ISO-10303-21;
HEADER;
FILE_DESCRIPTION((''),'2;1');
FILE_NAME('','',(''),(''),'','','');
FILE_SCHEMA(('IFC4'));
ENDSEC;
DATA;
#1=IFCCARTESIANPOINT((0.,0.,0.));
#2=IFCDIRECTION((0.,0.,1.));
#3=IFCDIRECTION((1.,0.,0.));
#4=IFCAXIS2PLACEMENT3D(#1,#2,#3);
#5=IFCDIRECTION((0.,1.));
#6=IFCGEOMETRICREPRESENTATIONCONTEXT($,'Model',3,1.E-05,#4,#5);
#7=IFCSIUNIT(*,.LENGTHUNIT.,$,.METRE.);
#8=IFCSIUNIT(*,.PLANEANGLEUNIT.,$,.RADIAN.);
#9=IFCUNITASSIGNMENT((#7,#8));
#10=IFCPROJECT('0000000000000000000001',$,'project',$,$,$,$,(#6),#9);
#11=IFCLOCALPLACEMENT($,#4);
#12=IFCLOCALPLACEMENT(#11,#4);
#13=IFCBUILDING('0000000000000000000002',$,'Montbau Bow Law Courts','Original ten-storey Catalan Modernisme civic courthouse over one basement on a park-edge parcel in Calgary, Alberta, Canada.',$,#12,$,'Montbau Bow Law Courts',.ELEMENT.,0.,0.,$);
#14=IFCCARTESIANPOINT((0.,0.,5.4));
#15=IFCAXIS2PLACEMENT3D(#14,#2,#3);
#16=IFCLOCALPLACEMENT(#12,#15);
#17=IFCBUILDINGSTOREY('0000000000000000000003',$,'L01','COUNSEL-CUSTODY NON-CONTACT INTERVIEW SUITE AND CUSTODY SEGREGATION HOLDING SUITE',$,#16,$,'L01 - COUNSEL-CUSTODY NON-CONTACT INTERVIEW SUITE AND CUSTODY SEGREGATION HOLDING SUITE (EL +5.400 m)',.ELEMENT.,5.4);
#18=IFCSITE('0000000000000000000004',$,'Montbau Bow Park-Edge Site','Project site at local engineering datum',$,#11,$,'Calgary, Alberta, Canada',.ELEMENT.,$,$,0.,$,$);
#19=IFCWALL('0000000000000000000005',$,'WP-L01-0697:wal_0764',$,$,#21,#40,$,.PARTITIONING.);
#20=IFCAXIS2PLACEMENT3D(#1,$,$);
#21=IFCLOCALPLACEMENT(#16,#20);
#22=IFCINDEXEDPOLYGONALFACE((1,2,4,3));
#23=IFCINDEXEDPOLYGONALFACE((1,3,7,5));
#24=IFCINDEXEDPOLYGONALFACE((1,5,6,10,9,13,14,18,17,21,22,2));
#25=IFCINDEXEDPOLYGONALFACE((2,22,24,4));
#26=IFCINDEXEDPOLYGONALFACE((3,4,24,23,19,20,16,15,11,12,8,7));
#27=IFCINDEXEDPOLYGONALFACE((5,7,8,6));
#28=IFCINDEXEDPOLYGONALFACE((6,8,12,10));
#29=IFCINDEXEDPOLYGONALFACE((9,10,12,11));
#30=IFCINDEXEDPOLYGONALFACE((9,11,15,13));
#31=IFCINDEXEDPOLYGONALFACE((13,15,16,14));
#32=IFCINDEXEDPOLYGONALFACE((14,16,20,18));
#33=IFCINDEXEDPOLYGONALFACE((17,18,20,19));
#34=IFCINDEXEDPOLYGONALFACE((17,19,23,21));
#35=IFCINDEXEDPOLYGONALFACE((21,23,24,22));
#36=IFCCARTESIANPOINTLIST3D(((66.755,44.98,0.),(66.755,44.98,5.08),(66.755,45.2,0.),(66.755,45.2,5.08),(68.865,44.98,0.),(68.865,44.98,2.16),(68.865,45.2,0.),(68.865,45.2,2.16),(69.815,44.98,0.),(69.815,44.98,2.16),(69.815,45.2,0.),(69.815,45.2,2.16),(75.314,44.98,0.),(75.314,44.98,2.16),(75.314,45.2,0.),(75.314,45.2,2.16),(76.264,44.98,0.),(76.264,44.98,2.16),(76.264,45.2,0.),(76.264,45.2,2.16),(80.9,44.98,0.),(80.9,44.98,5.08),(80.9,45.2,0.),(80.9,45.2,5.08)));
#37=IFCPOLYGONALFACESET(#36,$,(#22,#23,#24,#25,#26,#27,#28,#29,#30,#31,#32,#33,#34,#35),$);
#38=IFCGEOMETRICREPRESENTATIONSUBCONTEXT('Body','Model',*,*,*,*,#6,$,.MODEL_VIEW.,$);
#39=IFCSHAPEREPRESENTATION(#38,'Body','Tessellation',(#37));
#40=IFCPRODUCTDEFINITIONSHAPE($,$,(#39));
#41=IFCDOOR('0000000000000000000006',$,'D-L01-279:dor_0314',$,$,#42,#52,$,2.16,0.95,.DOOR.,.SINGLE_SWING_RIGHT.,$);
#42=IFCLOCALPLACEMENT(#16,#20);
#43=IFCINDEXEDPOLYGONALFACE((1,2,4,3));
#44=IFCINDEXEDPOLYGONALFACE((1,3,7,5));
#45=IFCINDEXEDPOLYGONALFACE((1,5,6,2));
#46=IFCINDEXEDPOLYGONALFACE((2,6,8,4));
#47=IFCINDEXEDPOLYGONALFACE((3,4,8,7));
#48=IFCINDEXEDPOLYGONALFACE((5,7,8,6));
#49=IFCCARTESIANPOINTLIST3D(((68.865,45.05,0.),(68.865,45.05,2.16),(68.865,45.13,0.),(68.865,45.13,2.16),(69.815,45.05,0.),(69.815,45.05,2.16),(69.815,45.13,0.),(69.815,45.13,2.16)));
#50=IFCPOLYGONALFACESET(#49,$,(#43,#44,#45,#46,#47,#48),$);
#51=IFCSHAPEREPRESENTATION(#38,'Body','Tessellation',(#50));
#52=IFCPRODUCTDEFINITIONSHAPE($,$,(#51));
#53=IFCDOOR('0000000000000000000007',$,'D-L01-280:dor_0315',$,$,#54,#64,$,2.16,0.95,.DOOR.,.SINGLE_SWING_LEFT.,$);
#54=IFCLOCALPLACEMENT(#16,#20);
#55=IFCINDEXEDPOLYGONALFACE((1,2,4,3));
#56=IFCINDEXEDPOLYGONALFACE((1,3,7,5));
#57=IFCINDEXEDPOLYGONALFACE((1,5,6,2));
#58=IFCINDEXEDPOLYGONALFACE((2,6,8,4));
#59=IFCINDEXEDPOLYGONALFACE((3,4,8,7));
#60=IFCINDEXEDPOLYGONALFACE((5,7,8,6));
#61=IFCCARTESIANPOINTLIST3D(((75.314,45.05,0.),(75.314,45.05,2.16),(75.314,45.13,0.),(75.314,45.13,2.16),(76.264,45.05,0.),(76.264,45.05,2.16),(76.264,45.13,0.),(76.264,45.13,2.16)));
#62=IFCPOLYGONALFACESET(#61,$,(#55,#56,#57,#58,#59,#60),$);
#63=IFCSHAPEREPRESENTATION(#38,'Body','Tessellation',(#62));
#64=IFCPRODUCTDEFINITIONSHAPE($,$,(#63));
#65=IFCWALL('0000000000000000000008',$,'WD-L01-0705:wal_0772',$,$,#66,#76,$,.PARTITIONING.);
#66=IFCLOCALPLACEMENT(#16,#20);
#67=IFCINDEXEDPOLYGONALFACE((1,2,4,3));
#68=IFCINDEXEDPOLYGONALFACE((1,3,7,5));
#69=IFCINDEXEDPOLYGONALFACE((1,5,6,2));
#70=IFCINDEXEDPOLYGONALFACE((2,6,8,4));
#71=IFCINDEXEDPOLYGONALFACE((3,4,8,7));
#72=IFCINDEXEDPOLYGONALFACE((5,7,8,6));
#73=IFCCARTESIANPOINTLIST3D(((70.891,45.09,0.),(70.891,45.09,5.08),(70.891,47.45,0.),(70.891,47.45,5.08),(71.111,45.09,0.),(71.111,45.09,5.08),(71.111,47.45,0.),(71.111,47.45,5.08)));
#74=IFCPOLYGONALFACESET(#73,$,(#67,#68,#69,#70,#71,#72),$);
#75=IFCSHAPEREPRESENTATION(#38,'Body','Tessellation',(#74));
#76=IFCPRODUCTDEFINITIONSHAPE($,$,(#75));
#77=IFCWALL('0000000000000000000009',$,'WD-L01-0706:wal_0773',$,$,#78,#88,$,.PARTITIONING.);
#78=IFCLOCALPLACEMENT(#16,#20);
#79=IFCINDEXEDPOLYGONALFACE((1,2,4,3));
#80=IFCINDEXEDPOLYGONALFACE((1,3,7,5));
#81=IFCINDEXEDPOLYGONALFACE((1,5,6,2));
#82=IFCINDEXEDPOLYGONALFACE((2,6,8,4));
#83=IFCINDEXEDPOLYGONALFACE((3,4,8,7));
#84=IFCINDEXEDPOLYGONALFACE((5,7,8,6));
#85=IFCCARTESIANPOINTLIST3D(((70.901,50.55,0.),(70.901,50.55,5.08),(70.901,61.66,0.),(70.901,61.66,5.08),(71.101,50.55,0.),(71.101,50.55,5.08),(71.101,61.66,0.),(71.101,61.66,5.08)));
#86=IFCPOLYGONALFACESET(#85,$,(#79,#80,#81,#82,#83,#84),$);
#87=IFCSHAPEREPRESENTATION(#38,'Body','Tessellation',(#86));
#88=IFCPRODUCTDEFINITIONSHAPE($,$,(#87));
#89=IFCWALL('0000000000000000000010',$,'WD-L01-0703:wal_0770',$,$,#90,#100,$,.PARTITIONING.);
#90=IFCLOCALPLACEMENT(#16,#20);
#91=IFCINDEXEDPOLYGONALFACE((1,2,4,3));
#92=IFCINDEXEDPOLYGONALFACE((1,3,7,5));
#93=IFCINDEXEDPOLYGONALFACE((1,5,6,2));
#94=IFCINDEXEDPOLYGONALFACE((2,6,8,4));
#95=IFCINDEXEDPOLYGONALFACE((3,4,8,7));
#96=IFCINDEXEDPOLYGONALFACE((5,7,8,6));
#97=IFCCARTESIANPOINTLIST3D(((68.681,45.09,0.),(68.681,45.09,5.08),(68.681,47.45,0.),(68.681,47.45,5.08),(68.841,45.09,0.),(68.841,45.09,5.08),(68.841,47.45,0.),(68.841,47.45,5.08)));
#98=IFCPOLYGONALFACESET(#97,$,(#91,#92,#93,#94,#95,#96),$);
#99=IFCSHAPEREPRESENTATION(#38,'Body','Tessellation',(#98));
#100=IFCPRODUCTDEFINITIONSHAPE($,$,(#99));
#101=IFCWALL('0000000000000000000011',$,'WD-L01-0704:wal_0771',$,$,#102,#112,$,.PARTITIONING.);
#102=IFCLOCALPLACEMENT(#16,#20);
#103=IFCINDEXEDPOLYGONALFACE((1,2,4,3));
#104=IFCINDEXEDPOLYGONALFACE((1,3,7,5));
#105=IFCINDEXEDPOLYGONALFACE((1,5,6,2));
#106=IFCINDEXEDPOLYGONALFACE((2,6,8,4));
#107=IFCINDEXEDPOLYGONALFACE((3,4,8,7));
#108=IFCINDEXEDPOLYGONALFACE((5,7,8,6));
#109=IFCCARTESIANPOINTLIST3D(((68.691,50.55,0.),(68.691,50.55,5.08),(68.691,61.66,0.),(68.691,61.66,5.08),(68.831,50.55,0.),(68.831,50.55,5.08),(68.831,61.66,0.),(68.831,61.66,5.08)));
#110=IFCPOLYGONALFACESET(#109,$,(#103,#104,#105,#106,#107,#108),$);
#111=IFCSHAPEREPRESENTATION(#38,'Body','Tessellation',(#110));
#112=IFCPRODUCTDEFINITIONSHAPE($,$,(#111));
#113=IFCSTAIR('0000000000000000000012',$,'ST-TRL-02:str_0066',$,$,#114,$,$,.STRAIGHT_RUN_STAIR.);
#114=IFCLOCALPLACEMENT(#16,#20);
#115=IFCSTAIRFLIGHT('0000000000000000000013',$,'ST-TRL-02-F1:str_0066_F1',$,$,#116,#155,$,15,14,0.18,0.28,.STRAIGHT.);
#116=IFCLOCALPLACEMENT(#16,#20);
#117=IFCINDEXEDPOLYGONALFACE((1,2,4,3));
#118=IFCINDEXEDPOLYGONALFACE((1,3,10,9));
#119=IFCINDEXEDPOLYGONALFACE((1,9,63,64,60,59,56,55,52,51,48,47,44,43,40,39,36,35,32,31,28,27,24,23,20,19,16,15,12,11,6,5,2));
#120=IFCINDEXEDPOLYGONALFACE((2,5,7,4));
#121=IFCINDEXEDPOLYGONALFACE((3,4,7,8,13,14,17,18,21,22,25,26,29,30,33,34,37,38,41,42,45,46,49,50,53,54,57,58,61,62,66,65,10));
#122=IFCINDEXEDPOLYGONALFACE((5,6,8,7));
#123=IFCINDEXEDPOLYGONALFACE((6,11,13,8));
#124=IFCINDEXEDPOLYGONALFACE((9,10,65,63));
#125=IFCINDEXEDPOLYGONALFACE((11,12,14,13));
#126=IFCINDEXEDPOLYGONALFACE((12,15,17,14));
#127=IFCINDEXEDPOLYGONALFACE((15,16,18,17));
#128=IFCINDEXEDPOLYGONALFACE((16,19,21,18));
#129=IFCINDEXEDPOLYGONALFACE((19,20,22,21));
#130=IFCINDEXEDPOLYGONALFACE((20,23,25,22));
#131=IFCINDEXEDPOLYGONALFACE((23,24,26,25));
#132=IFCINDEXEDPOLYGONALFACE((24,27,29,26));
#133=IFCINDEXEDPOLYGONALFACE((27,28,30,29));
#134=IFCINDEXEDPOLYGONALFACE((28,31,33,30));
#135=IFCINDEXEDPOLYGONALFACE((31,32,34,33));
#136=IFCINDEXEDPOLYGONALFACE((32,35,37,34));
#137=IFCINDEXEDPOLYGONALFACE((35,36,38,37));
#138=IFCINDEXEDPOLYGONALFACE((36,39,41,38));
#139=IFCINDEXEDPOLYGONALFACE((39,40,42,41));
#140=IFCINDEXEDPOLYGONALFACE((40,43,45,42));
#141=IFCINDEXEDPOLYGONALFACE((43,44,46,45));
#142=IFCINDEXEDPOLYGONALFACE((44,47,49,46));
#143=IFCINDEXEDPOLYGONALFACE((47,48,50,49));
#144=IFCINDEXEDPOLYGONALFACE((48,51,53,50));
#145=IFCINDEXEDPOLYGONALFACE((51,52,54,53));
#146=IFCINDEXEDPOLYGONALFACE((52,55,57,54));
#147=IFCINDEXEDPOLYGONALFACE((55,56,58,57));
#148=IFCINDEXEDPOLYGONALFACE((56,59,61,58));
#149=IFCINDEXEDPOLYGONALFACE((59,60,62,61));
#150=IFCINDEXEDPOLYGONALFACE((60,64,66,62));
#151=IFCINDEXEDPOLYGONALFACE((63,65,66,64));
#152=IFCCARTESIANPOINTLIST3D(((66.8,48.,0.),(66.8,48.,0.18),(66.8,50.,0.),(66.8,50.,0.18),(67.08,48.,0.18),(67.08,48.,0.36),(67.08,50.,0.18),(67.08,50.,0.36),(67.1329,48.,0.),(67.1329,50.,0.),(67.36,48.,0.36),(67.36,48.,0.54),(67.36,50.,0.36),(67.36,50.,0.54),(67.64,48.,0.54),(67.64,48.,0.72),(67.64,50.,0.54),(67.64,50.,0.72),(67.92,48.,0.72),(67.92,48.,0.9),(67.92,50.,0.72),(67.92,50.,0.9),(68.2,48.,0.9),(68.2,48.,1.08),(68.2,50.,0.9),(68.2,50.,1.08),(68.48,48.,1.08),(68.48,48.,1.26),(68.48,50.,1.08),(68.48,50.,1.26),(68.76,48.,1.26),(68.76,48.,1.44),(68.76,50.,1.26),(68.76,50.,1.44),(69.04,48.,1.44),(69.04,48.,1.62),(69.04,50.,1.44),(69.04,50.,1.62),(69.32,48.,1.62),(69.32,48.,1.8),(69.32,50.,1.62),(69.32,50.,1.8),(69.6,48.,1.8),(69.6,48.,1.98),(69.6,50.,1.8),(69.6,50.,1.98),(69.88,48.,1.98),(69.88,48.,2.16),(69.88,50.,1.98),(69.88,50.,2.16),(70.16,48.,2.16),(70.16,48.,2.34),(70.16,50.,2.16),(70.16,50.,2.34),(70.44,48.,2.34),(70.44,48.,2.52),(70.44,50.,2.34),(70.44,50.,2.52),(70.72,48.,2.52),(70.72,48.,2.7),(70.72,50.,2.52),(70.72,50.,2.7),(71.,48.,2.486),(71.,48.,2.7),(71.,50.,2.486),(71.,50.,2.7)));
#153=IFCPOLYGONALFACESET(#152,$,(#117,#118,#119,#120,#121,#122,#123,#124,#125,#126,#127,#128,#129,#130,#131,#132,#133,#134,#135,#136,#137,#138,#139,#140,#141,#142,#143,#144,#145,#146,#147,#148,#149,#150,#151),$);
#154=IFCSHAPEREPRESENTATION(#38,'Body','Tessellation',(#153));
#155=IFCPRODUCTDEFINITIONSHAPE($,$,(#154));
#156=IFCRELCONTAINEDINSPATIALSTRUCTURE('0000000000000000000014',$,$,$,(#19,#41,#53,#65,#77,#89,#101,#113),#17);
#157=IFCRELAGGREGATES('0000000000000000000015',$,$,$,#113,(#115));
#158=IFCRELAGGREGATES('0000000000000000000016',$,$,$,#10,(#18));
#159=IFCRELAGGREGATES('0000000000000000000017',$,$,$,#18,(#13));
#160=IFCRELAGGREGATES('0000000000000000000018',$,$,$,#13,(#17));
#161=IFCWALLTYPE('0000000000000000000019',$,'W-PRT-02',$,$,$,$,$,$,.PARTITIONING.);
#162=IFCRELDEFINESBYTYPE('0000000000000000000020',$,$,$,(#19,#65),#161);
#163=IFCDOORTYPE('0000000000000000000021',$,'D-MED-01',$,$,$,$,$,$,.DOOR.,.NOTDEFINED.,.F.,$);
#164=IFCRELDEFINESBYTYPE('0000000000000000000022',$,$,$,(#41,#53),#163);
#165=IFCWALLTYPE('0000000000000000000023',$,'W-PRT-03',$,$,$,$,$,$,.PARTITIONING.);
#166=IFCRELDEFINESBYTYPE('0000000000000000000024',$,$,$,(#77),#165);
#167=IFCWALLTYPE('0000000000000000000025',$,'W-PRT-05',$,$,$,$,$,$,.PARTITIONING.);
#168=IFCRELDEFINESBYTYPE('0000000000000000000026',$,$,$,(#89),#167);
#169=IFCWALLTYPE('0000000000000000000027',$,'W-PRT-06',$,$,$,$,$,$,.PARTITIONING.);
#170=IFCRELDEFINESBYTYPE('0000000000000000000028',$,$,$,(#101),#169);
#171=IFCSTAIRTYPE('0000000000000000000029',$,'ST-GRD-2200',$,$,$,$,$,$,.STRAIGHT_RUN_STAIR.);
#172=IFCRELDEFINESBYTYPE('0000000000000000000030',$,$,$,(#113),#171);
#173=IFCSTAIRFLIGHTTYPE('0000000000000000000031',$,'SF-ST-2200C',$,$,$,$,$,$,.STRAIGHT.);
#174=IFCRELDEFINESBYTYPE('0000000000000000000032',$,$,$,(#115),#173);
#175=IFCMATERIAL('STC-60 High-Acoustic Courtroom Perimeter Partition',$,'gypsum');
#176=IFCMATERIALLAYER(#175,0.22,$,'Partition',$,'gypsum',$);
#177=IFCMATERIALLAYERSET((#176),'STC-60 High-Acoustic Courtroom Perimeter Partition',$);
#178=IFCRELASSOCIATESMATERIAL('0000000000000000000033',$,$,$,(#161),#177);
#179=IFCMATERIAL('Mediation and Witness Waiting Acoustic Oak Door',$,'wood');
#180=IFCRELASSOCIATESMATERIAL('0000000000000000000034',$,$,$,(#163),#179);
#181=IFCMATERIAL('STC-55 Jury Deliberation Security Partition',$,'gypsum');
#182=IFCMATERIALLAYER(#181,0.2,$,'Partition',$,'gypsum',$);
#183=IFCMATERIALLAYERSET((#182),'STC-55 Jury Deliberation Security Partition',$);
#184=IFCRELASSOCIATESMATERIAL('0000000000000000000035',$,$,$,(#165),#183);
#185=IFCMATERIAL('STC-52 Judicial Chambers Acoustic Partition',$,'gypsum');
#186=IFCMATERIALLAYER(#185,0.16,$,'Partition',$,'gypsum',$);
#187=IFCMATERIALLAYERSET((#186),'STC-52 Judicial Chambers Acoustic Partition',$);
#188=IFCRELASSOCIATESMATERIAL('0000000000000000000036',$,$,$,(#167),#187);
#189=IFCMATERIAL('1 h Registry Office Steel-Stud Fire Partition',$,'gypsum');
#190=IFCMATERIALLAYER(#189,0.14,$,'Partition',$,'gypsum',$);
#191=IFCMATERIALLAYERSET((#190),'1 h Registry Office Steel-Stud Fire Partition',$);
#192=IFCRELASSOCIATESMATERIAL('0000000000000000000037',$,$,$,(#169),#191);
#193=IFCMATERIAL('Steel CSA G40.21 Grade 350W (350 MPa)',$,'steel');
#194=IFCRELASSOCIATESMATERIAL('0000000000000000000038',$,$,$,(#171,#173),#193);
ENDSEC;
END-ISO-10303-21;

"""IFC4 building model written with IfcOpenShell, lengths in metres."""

from ifc_helpers import new_model, si_unit, direction, frame, frame_2d, origin_with_axes, place, context, subcontext, project, spatial, polyline, rectangle, outline, extrude, material, layer, layer_set, type_object, element, fill, aggregate, save


model = new_model("IFC4")

# Units and contexts
model_context = context("Model", 3, precision=1e-05, world=origin_with_axes(), true_north=direction((0.0, 1.0)))
body_context = subcontext(model_context, "Body", "Model", "MODEL_VIEW")
ifc_project = project(units=[si_unit("LENGTHUNIT", "METRE"), si_unit("PLANEANGLEUNIT", "RADIAN")], contexts=[model_context])

# Site, building, storey
site_placement = place(None, origin_with_axes())
site = spatial("IfcSite", under=ifc_project, at=site_placement, Name="Montbau Bow Park-Edge Site", Description="Project site at local engineering datum", LongName="Calgary, Alberta, Canada", CompositionType="ELEMENT", RefElevation=0.0)
building_placement = place(site_placement, origin_with_axes())
building = spatial("IfcBuilding", under=site, at=building_placement, Name="Montbau Bow Law Courts", Description="Original ten-storey Catalan Modernisme civic courthouse over one basement on a park-edge parcel in Calgary, Alberta, Canada.", LongName="Montbau Bow Law Courts", CompositionType="ELEMENT", ElevationOfRefHeight=0.0, ElevationOfTerrain=0.0)
storey_placement = place(building_placement, frame((0.0, 0.0, 5.4), z_axis=(0.0, 0.0, 1.0), x_axis=(1.0, 0.0, 0.0)))
storey = spatial("IfcBuildingStorey", under=building, at=storey_placement, Name="L01", Description="COUNSEL-CUSTODY NON-CONTACT INTERVIEW SUITE AND CUSTODY SEGREGATION HOLDING SUITE", LongName="L01 - COUNSEL-CUSTODY NON-CONTACT INTERVIEW SUITE AND CUSTODY SEGREGATION HOLDING SUITE (EL +5.400 m)", CompositionType="ELEMENT", Elevation=5.4)

# Shared definitions
ifc_material_1 = material(Name="Steel CSA G40.21 Grade 350W (350 MPa)", Category="steel")

# Wall, openings, doors
ifc_material_2 = material(Name="STC-60 High-Acoustic Courtroom Perimeter Partition", Category="gypsum")
ifc_layer_1 = layer(ifc_material_2, 0.22, Name="Partition", Category="gypsum")
ifc_layer_set_1 = layer_set([ifc_layer_1], Name="STC-60 High-Acoustic Courtroom Perimeter Partition")
wall_type_1 = type_object("IfcWallType", Name="W-PRT-02", PredefinedType="PARTITIONING", material=ifc_layer_set_1)
wall_1_placement = place(None, frame((66.755, 45.09, 5.4), z_axis=(0.0, 0.0, 1.0), x_axis=(1.0, 0.0, 0.0)))
wall_1 = element("IfcWall", 1, at=wall_1_placement, inside=storey, type_object=wall_type_1, Name="WP-L01-0697:wal_0764", PredefinedType="PARTITIONING", context=body_context, shape_type="SweptSolid", body=[
    extrude(rectangle(XDim=14.145, YDim=0.22, at=frame_2d((7.0725, 0.0), x_axis=(1.0, 0.0))), origin_with_axes(), (0.0, 0.0, 1.0), 5.08),
])
opening_1_placement = place(None, frame((69.34, 45.09, 5.4), z_axis=(0.0, 0.0, 1.0), x_axis=(1.0, 0.0, 0.0)))
opening_1 = element("IfcOpeningElement", 2, at=opening_1_placement, cuts=wall_1, PredefinedType="OPENING", context=body_context, shape_type="SweptSolid", body=[
    extrude(rectangle(XDim=0.95, YDim=2.16, at=frame_2d((0.0, 1.08), x_axis=(1.0, 0.0))), frame((0.0, 0.12, 0.0), z_axis=(0.0, -1.0, 0.0), x_axis=(1.0, 0.0, 0.0)), (0.0, 0.0, 1.0), 0.24),
])
opening_2_placement = place(None, frame((75.789, 45.09, 5.4), z_axis=(0.0, 0.0, 1.0), x_axis=(1.0, 0.0, 0.0)))
opening_2 = element("IfcOpeningElement", 3, at=opening_2_placement, cuts=wall_1, PredefinedType="OPENING", context=body_context, shape_type="SweptSolid", body=[
    extrude(rectangle(XDim=0.95, YDim=2.16, at=frame_2d((0.0, 1.08), x_axis=(1.0, 0.0))), frame((0.0, 0.12, 0.0), z_axis=(0.0, -1.0, 0.0), x_axis=(1.0, 0.0, 0.0)), (0.0, 0.0, 1.0), 0.24),
])
ifc_material_3 = material(Name="Mediation and Witness Waiting Acoustic Oak Door", Category="wood")
door_type = type_object("IfcDoorType", Name="D-MED-01", OperationType="NOTDEFINED", ParameterTakesPrecedence=False, PredefinedType="DOOR", material=ifc_material_3)
door_1_placement = place(None, frame((69.34, 45.09, 5.4), z_axis=(0.0, 0.0, 1.0), x_axis=(-1.0, 0.0, 0.0)))
door_1 = element("IfcDoor", 4, at=door_1_placement, inside=storey, type_object=door_type, Name="D-L01-279:dor_0314", OperationType="SINGLE_SWING_RIGHT", OverallHeight=2.16, OverallWidth=0.95, PredefinedType="DOOR", context=body_context, shape_type="SweptSolid", body=[
    extrude(rectangle(XDim=0.95, YDim=2.16, at=frame_2d((0.0, 1.08), x_axis=(1.0, 0.0))), frame((0.0, 0.04, 0.0), z_axis=(0.0, -1.0, 0.0), x_axis=(1.0, 0.0, 0.0)), (0.0, 0.0, 1.0), 0.08),
])
fill(opening_1, door_1)
door_2_placement = place(None, frame((75.789, 45.09, 5.4), z_axis=(0.0, 0.0, 1.0), x_axis=(-1.0, 0.0, 0.0)))
door_2 = element("IfcDoor", 5, at=door_2_placement, inside=storey, type_object=door_type, Name="D-L01-280:dor_0315", OperationType="SINGLE_SWING_LEFT", OverallHeight=2.16, OverallWidth=0.95, PredefinedType="DOOR", context=body_context, shape_type="SweptSolid", body=[
    extrude(rectangle(XDim=0.95, YDim=2.16, at=frame_2d((0.0, 1.08), x_axis=(1.0, 0.0))), frame((0.0, 0.04, 0.0), z_axis=(0.0, -1.0, 0.0), x_axis=(1.0, 0.0, 0.0)), (0.0, 0.0, 1.0), 0.08),
])
fill(opening_2, door_2)

# Walls
wall_2_placement = place(None, frame((71.001, 45.09, 5.4), z_axis=(0.0, 0.0, 1.0), x_axis=(0.0, 1.0, 0.0)))
element("IfcWall", 6, at=wall_2_placement, inside=storey, type_object=wall_type_1, Name="WD-L01-0705:wal_0772", PredefinedType="PARTITIONING", context=body_context, shape_type="SweptSolid", body=[
    extrude(rectangle(XDim=2.36, YDim=0.22, at=frame_2d((1.18, 0.0), x_axis=(1.0, 0.0))), origin_with_axes(), (0.0, 0.0, 1.0), 5.08),
])
ifc_material_4 = material(Name="STC-55 Jury Deliberation Security Partition", Category="gypsum")
ifc_layer_2 = layer(ifc_material_4, 0.2, Name="Partition", Category="gypsum")
ifc_layer_set_2 = layer_set([ifc_layer_2], Name="STC-55 Jury Deliberation Security Partition")
wall_type_2 = type_object("IfcWallType", Name="W-PRT-03", PredefinedType="PARTITIONING", material=ifc_layer_set_2)
wall_3_placement = place(None, frame((71.001, 50.55, 5.4), z_axis=(0.0, 0.0, 1.0), x_axis=(0.0, 1.0, 0.0)))
element("IfcWall", 7, at=wall_3_placement, inside=storey, type_object=wall_type_2, Name="WD-L01-0706:wal_0773", PredefinedType="PARTITIONING", context=body_context, shape_type="SweptSolid", body=[
    extrude(rectangle(XDim=11.11, YDim=0.2, at=frame_2d((5.555, 0.0), x_axis=(1.0, 0.0))), origin_with_axes(), (0.0, 0.0, 1.0), 5.08),
])
ifc_material_5 = material(Name="STC-52 Judicial Chambers Acoustic Partition", Category="gypsum")
ifc_layer_3 = layer(ifc_material_5, 0.16, Name="Partition", Category="gypsum")
ifc_layer_set_3 = layer_set([ifc_layer_3], Name="STC-52 Judicial Chambers Acoustic Partition")
wall_type_3 = type_object("IfcWallType", Name="W-PRT-05", PredefinedType="PARTITIONING", material=ifc_layer_set_3)
wall_4_placement = place(None, frame((68.761, 45.09, 5.4), z_axis=(0.0, 0.0, 1.0), x_axis=(0.0, 1.0, 0.0)))
element("IfcWall", 8, at=wall_4_placement, inside=storey, type_object=wall_type_3, Name="WD-L01-0703:wal_0770", PredefinedType="PARTITIONING", context=body_context, shape_type="SweptSolid", body=[
    extrude(rectangle(XDim=2.36, YDim=0.16, at=frame_2d((1.18, 0.0), x_axis=(1.0, 0.0))), origin_with_axes(), (0.0, 0.0, 1.0), 5.08),
])
ifc_material_6 = material(Name="1 h Registry Office Steel-Stud Fire Partition", Category="gypsum")
ifc_layer_4 = layer(ifc_material_6, 0.14, Name="Partition", Category="gypsum")
ifc_layer_set_4 = layer_set([ifc_layer_4], Name="1 h Registry Office Steel-Stud Fire Partition")
wall_type_4 = type_object("IfcWallType", Name="W-PRT-06", PredefinedType="PARTITIONING", material=ifc_layer_set_4)
wall_5_placement = place(None, frame((68.761, 50.55, 5.4), z_axis=(0.0, 0.0, 1.0), x_axis=(0.0, 1.0, 0.0)))
element("IfcWall", 9, at=wall_5_placement, inside=storey, type_object=wall_type_4, Name="WD-L01-0704:wal_0771", PredefinedType="PARTITIONING", context=body_context, shape_type="SweptSolid", body=[
    extrude(rectangle(XDim=11.11, YDim=0.14, at=frame_2d((5.555, 0.0), x_axis=(1.0, 0.0))), origin_with_axes(), (0.0, 0.0, 1.0), 5.08),
])

# Stair, stair flight
stair_type = type_object("IfcStairType", Name="ST-GRD-2200", PredefinedType="STRAIGHT_RUN_STAIR", material=ifc_material_1)
stair_placement = place(None, frame((66.8, 49.0, 5.4), z_axis=(0.0, 0.0, 1.0), x_axis=(1.0, 0.0, 0.0)))
stair = element("IfcStair", 10, at=stair_placement, inside=storey, type_object=stair_type, Name="ST-TRL-02:str_0066", PredefinedType="STRAIGHT_RUN_STAIR")
stair_flight_type = type_object("IfcStairFlightType", Name="SF-ST-2200C", PredefinedType="STRAIGHT", material=ifc_material_1)
stair_flight_1_placement = place(None, frame((66.8, 49.0, 5.4), z_axis=(0.0, 0.0, 1.0), x_axis=(1.0, 0.0, 0.0)))
stair_flight_1 = element("IfcStairFlight", 11, at=stair_flight_1_placement, type_object=stair_flight_type, Name="ST-TRL-02-F1:str_0066_F1", NumberOfRisers=15, NumberOfTreads=14, PredefinedType="STRAIGHT", RiserHeight=0.18, TreadLength=0.28, context=body_context, shape_type="SweptSolid", body=[
    extrude(outline(polyline([(0.0, 0.0), (0.0, 0.18), (0.28, 0.18), (0.28, 0.36), (0.56, 0.36), (0.56, 0.54), (0.84, 0.54), (0.84, 0.72), (1.12, 0.72), (1.12, 0.9), (1.4, 0.9), (1.4, 1.08), (1.68, 1.08), (1.68, 1.26), (1.96, 1.26), (1.96, 1.44), (2.24, 1.44), (2.24, 1.62), (2.52, 1.62), (2.52, 1.8), (2.8, 1.8), (2.8, 1.98), (3.08, 1.98), (3.08, 2.16), (3.36, 2.16), (3.36, 2.34), (3.64, 2.34), (3.64, 2.52), (3.92, 2.52), (3.92, 2.7), (4.2, 2.7), (4.2, 2.486), (0.3329, 0.0), (0.0, 0.0)])), frame((0.0, 1.0, 0.0), z_axis=(0.0, -1.0, 0.0), x_axis=(1.0, 0.0, 0.0)), (0.0, 0.0, 1.0), 2.0),
])
aggregate(stair, [stair_flight_1])

save(model, "model.ifc")
